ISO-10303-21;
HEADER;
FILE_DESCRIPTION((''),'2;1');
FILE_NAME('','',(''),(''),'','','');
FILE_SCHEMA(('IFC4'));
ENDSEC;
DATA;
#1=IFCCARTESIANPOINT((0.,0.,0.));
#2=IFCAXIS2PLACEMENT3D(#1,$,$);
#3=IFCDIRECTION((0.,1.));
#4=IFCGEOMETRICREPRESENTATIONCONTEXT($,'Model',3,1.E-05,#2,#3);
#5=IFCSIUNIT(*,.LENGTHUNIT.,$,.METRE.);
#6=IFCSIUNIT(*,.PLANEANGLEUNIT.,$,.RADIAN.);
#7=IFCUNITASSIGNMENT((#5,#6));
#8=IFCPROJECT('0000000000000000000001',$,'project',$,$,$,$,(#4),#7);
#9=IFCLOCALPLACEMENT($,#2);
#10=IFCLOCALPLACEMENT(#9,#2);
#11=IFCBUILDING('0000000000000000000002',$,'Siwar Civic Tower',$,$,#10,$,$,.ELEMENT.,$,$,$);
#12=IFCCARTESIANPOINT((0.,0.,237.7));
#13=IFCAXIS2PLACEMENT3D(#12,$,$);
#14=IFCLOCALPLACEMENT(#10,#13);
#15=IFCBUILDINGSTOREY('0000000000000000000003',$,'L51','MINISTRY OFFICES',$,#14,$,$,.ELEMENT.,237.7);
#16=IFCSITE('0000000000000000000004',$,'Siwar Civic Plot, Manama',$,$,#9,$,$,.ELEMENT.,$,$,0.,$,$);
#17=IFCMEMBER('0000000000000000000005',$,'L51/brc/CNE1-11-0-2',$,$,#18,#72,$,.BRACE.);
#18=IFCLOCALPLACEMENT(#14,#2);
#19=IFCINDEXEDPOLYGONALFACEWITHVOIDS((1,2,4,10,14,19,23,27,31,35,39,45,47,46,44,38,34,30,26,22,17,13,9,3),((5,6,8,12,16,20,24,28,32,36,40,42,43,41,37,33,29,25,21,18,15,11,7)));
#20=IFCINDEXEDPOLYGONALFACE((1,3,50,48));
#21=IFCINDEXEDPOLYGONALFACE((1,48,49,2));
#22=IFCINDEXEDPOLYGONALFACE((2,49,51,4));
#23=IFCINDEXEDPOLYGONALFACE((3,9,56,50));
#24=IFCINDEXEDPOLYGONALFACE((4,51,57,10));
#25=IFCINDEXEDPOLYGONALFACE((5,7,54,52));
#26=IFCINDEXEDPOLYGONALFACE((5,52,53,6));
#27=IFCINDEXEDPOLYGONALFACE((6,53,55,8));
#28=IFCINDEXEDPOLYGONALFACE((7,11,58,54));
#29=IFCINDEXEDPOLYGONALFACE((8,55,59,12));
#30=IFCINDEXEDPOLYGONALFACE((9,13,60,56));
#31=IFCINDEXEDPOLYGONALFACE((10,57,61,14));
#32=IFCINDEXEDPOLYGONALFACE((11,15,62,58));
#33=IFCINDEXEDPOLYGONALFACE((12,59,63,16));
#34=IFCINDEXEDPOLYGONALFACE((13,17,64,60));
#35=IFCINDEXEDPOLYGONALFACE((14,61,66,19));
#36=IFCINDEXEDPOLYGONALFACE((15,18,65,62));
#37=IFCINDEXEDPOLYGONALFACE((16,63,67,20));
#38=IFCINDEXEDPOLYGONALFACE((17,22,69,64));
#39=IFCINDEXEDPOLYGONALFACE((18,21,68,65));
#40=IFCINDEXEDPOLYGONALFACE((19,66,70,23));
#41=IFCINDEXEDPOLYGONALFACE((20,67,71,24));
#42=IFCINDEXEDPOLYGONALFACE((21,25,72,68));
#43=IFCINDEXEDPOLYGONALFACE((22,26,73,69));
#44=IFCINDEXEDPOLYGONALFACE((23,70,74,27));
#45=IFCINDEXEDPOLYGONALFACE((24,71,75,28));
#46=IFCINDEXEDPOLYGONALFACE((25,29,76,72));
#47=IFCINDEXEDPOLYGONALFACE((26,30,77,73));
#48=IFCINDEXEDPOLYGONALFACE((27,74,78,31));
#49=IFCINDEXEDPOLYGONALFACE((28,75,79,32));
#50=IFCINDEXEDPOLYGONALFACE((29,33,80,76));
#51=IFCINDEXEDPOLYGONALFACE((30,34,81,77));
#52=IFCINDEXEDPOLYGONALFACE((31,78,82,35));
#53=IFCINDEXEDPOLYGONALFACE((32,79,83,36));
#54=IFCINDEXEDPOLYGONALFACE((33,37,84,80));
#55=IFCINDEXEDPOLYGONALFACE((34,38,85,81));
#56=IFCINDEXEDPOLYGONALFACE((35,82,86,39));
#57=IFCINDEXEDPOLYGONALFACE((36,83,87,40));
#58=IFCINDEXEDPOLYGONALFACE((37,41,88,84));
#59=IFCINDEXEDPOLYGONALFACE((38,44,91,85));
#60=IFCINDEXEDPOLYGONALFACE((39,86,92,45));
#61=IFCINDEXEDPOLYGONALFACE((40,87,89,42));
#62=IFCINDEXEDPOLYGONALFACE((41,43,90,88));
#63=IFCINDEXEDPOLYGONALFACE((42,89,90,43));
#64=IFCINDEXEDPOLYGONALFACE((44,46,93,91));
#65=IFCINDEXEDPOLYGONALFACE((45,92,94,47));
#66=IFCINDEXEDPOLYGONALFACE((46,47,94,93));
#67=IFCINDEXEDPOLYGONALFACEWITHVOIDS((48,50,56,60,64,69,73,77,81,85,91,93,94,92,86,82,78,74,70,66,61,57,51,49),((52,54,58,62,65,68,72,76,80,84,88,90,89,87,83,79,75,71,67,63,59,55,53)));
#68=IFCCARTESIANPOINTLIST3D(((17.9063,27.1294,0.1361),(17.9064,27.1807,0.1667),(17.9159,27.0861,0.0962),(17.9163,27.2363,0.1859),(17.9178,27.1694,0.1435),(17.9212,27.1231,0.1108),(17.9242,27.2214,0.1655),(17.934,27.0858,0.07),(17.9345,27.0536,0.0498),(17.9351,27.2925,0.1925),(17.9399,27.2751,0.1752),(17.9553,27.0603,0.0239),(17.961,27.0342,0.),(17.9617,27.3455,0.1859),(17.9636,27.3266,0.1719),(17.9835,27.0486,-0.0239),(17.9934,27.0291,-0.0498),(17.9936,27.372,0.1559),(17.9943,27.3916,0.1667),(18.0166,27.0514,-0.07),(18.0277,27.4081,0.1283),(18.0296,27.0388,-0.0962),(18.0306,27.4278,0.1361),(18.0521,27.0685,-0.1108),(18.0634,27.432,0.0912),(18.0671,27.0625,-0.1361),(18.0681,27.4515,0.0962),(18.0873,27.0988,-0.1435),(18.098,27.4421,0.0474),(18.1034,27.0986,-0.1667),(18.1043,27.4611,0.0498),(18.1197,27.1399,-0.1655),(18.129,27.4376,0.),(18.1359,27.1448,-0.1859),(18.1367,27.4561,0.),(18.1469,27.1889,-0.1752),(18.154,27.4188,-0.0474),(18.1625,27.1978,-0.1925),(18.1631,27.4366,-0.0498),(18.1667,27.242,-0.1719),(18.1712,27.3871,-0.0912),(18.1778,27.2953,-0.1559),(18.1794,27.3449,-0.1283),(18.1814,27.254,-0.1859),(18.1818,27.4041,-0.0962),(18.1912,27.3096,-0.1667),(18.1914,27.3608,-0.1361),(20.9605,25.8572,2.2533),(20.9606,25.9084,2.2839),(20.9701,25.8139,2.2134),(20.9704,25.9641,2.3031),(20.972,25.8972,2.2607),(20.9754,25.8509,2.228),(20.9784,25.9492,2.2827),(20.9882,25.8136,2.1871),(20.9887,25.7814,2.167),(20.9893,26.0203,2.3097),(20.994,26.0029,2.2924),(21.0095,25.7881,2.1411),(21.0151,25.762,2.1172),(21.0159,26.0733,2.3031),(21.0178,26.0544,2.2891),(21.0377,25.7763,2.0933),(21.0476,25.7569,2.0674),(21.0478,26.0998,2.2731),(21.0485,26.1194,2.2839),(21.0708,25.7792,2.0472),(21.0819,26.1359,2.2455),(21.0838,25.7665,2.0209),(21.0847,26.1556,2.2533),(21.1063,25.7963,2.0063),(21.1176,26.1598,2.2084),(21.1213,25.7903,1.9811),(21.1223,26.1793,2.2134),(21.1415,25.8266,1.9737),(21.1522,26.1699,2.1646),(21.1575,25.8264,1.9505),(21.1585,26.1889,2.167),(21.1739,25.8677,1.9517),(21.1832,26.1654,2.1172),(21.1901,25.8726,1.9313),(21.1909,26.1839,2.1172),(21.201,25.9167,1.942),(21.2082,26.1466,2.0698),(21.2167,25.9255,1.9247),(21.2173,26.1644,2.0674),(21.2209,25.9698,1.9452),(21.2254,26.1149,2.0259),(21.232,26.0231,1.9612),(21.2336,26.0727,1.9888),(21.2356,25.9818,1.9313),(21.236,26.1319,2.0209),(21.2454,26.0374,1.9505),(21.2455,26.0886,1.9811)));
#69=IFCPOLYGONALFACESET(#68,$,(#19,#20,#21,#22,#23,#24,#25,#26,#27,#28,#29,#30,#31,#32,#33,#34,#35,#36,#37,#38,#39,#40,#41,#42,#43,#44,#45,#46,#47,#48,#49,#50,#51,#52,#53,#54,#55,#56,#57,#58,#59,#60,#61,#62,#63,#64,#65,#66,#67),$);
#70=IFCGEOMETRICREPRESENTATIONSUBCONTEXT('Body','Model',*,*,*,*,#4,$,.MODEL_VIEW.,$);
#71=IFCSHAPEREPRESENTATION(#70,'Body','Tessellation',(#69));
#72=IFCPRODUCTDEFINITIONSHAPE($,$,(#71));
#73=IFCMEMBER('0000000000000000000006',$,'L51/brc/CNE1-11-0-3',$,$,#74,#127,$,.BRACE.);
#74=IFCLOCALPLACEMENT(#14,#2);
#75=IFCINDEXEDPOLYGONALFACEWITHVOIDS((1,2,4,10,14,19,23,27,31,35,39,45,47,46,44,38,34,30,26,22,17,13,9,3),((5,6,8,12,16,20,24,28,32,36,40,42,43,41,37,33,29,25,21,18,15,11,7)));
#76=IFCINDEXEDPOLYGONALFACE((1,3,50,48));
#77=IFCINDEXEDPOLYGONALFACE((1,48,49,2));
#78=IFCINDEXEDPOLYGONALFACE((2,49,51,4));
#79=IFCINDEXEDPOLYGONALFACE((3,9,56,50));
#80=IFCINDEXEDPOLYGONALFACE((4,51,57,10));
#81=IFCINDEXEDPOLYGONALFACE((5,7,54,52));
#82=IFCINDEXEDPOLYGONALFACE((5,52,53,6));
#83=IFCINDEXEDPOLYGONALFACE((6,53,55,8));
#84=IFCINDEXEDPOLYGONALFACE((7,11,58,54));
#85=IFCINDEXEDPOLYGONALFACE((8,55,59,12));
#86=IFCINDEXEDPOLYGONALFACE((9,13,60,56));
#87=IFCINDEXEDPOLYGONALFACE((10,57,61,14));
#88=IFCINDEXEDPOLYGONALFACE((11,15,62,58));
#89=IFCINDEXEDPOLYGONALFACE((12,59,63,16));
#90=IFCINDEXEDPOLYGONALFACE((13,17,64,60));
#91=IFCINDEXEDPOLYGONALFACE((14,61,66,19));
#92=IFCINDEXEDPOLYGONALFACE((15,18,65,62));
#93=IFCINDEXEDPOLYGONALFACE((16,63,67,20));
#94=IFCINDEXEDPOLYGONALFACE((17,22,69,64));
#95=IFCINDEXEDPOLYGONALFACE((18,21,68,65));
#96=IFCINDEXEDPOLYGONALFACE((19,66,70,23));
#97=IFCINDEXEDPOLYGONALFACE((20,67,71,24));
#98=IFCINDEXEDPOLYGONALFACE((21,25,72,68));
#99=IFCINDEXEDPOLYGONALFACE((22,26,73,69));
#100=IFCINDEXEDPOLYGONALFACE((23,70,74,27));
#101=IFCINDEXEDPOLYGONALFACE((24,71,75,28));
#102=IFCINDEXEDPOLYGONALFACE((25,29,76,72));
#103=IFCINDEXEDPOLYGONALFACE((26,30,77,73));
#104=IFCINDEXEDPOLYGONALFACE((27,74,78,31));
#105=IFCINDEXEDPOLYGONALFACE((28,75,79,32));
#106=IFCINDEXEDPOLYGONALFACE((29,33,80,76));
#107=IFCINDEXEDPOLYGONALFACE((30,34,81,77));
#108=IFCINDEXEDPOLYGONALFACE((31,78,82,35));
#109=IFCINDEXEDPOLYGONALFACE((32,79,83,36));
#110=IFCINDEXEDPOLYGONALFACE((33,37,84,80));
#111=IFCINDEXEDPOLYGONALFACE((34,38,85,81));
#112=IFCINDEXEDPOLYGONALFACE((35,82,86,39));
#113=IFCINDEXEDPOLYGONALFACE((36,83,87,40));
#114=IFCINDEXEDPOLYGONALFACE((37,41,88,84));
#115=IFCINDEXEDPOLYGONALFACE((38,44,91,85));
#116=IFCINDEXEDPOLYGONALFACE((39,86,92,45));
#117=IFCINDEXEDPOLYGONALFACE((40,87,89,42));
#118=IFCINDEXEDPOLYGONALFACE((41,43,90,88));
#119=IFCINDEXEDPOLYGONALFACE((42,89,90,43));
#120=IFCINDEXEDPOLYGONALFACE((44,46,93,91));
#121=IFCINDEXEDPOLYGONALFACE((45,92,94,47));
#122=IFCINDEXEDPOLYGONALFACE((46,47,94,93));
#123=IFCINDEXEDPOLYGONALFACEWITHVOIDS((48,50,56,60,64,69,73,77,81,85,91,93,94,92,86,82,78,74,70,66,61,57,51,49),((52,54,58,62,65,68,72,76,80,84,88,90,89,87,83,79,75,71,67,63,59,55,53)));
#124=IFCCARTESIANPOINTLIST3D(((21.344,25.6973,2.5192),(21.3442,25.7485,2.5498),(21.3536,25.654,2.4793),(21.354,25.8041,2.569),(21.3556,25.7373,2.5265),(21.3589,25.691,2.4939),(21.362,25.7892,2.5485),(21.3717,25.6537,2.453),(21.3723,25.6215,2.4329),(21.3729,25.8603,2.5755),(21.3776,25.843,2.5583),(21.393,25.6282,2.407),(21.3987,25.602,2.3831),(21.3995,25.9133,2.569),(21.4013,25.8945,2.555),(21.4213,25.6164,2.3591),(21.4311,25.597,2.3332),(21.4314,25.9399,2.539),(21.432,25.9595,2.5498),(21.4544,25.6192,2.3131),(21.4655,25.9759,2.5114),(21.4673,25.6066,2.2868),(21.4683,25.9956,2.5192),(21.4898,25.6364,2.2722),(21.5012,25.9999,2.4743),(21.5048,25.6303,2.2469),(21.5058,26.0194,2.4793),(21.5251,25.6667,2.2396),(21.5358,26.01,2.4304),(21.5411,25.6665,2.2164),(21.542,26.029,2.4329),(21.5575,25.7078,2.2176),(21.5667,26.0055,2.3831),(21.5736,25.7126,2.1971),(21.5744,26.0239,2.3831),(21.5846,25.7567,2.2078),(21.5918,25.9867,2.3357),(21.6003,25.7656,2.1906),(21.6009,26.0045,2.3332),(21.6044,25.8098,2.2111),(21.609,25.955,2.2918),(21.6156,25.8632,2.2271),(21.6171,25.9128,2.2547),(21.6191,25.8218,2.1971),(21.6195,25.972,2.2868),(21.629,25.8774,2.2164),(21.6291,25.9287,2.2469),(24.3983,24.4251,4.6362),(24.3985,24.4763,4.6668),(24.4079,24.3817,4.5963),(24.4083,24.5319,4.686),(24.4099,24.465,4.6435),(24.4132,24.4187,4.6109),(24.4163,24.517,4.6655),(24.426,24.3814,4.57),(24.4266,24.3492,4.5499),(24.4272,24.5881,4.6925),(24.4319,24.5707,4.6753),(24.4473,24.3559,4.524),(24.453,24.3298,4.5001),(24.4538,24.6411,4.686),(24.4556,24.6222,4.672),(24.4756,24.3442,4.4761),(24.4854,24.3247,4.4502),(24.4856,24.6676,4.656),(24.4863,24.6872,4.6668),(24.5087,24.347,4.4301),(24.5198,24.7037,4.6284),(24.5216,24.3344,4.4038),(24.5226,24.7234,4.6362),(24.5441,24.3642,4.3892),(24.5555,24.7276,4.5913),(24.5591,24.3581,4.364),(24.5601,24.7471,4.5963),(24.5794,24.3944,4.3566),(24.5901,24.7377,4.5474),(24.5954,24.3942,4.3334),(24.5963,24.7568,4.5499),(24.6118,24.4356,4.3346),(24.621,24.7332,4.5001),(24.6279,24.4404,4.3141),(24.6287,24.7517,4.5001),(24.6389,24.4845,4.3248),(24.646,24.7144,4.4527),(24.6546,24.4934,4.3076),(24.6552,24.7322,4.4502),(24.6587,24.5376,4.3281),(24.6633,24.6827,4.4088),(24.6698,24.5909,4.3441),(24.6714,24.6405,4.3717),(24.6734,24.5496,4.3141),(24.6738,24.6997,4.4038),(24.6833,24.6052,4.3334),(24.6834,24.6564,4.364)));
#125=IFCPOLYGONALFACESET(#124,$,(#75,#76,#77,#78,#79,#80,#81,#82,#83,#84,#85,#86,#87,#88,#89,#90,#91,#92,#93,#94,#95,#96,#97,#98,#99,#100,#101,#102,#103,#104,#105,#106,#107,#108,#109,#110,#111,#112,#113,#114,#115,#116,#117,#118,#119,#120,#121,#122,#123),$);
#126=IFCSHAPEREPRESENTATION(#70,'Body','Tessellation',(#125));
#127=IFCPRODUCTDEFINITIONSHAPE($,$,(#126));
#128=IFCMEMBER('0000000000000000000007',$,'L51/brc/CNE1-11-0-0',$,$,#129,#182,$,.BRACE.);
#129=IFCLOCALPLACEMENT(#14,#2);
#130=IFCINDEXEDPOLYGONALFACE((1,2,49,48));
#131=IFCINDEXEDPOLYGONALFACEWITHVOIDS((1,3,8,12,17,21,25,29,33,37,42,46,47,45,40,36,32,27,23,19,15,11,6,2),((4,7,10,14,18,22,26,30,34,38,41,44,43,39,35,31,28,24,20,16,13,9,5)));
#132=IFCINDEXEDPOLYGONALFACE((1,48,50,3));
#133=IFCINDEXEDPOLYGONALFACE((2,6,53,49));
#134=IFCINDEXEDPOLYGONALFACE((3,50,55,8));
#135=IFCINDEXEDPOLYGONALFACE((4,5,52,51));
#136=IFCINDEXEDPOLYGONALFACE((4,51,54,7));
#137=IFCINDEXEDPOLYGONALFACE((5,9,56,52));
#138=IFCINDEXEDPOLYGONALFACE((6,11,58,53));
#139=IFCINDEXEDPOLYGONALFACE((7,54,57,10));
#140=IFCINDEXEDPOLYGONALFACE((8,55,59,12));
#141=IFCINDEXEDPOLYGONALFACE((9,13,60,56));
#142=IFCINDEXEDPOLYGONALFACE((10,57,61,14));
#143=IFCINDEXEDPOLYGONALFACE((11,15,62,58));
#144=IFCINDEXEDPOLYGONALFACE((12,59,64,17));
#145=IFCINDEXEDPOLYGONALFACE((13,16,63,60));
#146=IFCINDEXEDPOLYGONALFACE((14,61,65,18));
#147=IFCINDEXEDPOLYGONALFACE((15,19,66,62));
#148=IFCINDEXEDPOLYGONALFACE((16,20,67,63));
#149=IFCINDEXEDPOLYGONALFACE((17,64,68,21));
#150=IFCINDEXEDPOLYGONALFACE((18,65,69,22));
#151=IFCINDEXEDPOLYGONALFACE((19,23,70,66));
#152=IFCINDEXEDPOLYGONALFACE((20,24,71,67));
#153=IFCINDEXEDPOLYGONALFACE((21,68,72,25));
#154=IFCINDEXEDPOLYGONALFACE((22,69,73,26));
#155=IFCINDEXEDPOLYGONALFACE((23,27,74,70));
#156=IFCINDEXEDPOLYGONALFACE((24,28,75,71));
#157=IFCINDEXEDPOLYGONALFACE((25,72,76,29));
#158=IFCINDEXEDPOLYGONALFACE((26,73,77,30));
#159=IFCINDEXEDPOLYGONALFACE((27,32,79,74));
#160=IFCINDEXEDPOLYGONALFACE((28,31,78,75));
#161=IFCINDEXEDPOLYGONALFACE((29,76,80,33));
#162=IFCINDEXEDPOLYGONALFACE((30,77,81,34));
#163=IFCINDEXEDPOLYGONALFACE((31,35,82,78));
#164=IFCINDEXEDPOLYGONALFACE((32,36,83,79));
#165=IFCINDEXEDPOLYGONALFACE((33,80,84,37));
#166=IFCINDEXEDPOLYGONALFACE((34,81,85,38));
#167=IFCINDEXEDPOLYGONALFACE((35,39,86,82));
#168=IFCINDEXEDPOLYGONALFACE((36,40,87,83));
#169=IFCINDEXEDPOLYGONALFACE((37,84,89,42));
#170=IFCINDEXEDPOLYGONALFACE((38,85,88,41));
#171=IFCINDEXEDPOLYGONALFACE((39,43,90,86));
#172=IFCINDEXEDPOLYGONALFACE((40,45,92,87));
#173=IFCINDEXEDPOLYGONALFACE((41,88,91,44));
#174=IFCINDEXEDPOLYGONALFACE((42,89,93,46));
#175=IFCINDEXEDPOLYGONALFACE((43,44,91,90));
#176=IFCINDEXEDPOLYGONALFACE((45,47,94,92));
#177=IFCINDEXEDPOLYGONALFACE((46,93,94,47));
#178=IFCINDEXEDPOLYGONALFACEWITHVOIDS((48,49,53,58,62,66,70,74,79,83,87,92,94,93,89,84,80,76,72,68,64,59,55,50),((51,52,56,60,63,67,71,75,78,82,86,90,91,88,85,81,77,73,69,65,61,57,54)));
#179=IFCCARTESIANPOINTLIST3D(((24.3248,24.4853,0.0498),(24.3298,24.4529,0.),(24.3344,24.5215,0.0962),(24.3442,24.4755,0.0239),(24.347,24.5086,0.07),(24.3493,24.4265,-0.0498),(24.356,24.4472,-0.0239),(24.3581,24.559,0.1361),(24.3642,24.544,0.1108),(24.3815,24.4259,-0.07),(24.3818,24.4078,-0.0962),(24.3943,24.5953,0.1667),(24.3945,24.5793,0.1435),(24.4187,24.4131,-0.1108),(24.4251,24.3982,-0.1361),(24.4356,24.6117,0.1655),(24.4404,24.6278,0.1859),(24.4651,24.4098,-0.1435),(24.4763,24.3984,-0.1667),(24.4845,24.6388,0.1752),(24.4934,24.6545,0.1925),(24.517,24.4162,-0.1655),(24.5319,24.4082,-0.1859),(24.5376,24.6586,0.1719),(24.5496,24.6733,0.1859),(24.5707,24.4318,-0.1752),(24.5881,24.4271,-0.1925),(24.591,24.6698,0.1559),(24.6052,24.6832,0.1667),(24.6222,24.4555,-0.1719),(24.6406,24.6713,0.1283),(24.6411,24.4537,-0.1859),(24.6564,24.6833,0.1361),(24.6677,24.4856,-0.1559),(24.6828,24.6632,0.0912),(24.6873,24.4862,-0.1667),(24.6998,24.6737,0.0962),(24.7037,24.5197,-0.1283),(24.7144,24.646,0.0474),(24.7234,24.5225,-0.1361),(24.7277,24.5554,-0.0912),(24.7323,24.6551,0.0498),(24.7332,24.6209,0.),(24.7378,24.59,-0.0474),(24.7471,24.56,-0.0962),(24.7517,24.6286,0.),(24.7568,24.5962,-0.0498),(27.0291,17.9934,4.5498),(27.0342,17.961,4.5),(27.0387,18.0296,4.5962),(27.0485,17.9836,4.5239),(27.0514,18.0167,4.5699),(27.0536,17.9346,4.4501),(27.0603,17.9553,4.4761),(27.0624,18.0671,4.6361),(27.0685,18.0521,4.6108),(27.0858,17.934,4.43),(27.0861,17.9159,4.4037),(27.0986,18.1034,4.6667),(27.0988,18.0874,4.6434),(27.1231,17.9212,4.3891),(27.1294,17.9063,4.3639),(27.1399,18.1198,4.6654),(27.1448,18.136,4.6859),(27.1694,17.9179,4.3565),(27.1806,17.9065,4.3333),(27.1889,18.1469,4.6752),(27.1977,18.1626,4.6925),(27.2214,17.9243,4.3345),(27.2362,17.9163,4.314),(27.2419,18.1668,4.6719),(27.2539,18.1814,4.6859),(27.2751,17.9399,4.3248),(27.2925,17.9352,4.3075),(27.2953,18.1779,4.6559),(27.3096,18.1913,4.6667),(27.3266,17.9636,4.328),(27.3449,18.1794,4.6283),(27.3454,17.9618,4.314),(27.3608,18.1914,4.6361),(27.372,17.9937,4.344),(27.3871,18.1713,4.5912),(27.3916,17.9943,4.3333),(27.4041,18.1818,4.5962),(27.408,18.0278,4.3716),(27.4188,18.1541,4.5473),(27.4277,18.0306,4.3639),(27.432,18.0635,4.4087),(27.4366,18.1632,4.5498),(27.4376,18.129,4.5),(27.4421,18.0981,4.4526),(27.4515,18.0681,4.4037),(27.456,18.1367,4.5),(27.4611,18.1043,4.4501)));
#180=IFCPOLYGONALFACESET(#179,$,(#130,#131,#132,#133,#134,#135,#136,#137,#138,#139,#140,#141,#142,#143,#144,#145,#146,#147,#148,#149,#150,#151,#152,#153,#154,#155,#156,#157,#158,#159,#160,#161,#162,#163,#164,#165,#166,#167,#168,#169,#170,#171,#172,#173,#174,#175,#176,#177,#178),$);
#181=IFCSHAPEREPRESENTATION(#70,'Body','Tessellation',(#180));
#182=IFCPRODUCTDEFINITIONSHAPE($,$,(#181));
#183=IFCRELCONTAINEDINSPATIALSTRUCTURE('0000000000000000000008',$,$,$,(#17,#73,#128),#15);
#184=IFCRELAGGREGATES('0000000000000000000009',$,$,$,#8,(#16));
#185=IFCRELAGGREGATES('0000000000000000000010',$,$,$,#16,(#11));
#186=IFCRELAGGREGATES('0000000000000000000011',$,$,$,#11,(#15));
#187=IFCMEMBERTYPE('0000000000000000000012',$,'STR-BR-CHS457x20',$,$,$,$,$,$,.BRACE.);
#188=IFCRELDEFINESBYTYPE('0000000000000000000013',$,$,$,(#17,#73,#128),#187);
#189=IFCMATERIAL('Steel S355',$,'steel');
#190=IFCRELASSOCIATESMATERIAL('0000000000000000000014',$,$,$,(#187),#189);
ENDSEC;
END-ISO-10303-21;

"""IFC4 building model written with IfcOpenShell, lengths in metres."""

from ifc_helpers import new_model, si_unit, direction, frame, origin, origin_2d, place, context, subcontext, project, spatial, hollow_circle, extrude, material, material_profile, profile_set, type_object, element, save


model = new_model("IFC4")

# Units and contexts
model_context = context("Model", 3, precision=1e-05, world=origin(), true_north=direction((0.0, 1.0)))
body_context = subcontext(model_context, "Body", "Model", "MODEL_VIEW")
ifc_project = project(units=[si_unit("LENGTHUNIT", "METRE"), si_unit("PLANEANGLEUNIT", "RADIAN")], contexts=[model_context])

# Site, building, storey
site_placement = place(None, origin())
site = spatial("IfcSite", under=ifc_project, at=site_placement, Name="Siwar Civic Plot, Manama", CompositionType="ELEMENT", RefElevation=0.0)
building_placement = place(site_placement, origin())
building = spatial("IfcBuilding", under=site, at=building_placement, Name="Siwar Civic Tower", CompositionType="ELEMENT")
storey_placement = place(building_placement, frame((0.0, 0.0, 237.7)))
storey = spatial("IfcBuildingStorey", under=building, at=storey_placement, Name="L51", Description="MINISTRY OFFICES", CompositionType="ELEMENT", Elevation=237.7)

# Members
ifc_material_1 = material(Name="Steel S355", Category="steel")
ifc_material_profile_1 = material_profile(ifc_material_1, hollow_circle(Radius=0.2285, WallThickness=0.02, at=origin_2d()), Name="CHS457x20")
ifc_profile_set_1 = profile_set([ifc_material_profile_1], Name="Steel S355")
member_type_1 = type_object("IfcMemberType", Name="STR-BR-CHS457x20", PredefinedType="BRACE", material=ifc_profile_set_1)
for number, where, z_axis, x_axis, name in (
    (1, (18.0488, 27.2451, 0.0), (0.777546, -0.323884, 0.538999), (0.384521, 0.923116, 0.0), "L51/brc/CNE1-11-0-2"),
    (2, (21.4866, 25.813, 2.3831), (0.777572, -0.323895, 0.538955), (0.384521, 0.923116, 0.0), "L51/brc/CNE1-11-0-3"),
):
    element("IfcMember", number, at=place(storey_placement, frame(where, z_axis=z_axis, x_axis=x_axis)), inside=storey, type_object=member_type_1, Name=name, PredefinedType="BRACE", context=body_context, shape_type="SweptSolid", body=[
        extrude(hollow_circle(Radius=0.2285, WallThickness=0.02, at=origin_2d()), origin(), (0.0, 0.0, 1.0), 3.928),
    ])
member_1_placement = place(storey_placement, frame((24.5408, 24.5408, 0.0), z_axis=(0.323906, -0.777555, 0.538975), x_axis=(0.923109, 0.384539, 0.0)))
element("IfcMember", 3, at=member_1_placement, inside=storey, type_object=member_type_1, Name="L51/brc/CNE1-11-0-0", PredefinedType="BRACE", context=body_context, shape_type="SweptSolid", body=[
    extrude(hollow_circle(Radius=0.2285, WallThickness=0.02, at=origin_2d()), origin(), (0.0, 0.0, 1.0), 8.3491),
])

save(model, "model.ifc")
